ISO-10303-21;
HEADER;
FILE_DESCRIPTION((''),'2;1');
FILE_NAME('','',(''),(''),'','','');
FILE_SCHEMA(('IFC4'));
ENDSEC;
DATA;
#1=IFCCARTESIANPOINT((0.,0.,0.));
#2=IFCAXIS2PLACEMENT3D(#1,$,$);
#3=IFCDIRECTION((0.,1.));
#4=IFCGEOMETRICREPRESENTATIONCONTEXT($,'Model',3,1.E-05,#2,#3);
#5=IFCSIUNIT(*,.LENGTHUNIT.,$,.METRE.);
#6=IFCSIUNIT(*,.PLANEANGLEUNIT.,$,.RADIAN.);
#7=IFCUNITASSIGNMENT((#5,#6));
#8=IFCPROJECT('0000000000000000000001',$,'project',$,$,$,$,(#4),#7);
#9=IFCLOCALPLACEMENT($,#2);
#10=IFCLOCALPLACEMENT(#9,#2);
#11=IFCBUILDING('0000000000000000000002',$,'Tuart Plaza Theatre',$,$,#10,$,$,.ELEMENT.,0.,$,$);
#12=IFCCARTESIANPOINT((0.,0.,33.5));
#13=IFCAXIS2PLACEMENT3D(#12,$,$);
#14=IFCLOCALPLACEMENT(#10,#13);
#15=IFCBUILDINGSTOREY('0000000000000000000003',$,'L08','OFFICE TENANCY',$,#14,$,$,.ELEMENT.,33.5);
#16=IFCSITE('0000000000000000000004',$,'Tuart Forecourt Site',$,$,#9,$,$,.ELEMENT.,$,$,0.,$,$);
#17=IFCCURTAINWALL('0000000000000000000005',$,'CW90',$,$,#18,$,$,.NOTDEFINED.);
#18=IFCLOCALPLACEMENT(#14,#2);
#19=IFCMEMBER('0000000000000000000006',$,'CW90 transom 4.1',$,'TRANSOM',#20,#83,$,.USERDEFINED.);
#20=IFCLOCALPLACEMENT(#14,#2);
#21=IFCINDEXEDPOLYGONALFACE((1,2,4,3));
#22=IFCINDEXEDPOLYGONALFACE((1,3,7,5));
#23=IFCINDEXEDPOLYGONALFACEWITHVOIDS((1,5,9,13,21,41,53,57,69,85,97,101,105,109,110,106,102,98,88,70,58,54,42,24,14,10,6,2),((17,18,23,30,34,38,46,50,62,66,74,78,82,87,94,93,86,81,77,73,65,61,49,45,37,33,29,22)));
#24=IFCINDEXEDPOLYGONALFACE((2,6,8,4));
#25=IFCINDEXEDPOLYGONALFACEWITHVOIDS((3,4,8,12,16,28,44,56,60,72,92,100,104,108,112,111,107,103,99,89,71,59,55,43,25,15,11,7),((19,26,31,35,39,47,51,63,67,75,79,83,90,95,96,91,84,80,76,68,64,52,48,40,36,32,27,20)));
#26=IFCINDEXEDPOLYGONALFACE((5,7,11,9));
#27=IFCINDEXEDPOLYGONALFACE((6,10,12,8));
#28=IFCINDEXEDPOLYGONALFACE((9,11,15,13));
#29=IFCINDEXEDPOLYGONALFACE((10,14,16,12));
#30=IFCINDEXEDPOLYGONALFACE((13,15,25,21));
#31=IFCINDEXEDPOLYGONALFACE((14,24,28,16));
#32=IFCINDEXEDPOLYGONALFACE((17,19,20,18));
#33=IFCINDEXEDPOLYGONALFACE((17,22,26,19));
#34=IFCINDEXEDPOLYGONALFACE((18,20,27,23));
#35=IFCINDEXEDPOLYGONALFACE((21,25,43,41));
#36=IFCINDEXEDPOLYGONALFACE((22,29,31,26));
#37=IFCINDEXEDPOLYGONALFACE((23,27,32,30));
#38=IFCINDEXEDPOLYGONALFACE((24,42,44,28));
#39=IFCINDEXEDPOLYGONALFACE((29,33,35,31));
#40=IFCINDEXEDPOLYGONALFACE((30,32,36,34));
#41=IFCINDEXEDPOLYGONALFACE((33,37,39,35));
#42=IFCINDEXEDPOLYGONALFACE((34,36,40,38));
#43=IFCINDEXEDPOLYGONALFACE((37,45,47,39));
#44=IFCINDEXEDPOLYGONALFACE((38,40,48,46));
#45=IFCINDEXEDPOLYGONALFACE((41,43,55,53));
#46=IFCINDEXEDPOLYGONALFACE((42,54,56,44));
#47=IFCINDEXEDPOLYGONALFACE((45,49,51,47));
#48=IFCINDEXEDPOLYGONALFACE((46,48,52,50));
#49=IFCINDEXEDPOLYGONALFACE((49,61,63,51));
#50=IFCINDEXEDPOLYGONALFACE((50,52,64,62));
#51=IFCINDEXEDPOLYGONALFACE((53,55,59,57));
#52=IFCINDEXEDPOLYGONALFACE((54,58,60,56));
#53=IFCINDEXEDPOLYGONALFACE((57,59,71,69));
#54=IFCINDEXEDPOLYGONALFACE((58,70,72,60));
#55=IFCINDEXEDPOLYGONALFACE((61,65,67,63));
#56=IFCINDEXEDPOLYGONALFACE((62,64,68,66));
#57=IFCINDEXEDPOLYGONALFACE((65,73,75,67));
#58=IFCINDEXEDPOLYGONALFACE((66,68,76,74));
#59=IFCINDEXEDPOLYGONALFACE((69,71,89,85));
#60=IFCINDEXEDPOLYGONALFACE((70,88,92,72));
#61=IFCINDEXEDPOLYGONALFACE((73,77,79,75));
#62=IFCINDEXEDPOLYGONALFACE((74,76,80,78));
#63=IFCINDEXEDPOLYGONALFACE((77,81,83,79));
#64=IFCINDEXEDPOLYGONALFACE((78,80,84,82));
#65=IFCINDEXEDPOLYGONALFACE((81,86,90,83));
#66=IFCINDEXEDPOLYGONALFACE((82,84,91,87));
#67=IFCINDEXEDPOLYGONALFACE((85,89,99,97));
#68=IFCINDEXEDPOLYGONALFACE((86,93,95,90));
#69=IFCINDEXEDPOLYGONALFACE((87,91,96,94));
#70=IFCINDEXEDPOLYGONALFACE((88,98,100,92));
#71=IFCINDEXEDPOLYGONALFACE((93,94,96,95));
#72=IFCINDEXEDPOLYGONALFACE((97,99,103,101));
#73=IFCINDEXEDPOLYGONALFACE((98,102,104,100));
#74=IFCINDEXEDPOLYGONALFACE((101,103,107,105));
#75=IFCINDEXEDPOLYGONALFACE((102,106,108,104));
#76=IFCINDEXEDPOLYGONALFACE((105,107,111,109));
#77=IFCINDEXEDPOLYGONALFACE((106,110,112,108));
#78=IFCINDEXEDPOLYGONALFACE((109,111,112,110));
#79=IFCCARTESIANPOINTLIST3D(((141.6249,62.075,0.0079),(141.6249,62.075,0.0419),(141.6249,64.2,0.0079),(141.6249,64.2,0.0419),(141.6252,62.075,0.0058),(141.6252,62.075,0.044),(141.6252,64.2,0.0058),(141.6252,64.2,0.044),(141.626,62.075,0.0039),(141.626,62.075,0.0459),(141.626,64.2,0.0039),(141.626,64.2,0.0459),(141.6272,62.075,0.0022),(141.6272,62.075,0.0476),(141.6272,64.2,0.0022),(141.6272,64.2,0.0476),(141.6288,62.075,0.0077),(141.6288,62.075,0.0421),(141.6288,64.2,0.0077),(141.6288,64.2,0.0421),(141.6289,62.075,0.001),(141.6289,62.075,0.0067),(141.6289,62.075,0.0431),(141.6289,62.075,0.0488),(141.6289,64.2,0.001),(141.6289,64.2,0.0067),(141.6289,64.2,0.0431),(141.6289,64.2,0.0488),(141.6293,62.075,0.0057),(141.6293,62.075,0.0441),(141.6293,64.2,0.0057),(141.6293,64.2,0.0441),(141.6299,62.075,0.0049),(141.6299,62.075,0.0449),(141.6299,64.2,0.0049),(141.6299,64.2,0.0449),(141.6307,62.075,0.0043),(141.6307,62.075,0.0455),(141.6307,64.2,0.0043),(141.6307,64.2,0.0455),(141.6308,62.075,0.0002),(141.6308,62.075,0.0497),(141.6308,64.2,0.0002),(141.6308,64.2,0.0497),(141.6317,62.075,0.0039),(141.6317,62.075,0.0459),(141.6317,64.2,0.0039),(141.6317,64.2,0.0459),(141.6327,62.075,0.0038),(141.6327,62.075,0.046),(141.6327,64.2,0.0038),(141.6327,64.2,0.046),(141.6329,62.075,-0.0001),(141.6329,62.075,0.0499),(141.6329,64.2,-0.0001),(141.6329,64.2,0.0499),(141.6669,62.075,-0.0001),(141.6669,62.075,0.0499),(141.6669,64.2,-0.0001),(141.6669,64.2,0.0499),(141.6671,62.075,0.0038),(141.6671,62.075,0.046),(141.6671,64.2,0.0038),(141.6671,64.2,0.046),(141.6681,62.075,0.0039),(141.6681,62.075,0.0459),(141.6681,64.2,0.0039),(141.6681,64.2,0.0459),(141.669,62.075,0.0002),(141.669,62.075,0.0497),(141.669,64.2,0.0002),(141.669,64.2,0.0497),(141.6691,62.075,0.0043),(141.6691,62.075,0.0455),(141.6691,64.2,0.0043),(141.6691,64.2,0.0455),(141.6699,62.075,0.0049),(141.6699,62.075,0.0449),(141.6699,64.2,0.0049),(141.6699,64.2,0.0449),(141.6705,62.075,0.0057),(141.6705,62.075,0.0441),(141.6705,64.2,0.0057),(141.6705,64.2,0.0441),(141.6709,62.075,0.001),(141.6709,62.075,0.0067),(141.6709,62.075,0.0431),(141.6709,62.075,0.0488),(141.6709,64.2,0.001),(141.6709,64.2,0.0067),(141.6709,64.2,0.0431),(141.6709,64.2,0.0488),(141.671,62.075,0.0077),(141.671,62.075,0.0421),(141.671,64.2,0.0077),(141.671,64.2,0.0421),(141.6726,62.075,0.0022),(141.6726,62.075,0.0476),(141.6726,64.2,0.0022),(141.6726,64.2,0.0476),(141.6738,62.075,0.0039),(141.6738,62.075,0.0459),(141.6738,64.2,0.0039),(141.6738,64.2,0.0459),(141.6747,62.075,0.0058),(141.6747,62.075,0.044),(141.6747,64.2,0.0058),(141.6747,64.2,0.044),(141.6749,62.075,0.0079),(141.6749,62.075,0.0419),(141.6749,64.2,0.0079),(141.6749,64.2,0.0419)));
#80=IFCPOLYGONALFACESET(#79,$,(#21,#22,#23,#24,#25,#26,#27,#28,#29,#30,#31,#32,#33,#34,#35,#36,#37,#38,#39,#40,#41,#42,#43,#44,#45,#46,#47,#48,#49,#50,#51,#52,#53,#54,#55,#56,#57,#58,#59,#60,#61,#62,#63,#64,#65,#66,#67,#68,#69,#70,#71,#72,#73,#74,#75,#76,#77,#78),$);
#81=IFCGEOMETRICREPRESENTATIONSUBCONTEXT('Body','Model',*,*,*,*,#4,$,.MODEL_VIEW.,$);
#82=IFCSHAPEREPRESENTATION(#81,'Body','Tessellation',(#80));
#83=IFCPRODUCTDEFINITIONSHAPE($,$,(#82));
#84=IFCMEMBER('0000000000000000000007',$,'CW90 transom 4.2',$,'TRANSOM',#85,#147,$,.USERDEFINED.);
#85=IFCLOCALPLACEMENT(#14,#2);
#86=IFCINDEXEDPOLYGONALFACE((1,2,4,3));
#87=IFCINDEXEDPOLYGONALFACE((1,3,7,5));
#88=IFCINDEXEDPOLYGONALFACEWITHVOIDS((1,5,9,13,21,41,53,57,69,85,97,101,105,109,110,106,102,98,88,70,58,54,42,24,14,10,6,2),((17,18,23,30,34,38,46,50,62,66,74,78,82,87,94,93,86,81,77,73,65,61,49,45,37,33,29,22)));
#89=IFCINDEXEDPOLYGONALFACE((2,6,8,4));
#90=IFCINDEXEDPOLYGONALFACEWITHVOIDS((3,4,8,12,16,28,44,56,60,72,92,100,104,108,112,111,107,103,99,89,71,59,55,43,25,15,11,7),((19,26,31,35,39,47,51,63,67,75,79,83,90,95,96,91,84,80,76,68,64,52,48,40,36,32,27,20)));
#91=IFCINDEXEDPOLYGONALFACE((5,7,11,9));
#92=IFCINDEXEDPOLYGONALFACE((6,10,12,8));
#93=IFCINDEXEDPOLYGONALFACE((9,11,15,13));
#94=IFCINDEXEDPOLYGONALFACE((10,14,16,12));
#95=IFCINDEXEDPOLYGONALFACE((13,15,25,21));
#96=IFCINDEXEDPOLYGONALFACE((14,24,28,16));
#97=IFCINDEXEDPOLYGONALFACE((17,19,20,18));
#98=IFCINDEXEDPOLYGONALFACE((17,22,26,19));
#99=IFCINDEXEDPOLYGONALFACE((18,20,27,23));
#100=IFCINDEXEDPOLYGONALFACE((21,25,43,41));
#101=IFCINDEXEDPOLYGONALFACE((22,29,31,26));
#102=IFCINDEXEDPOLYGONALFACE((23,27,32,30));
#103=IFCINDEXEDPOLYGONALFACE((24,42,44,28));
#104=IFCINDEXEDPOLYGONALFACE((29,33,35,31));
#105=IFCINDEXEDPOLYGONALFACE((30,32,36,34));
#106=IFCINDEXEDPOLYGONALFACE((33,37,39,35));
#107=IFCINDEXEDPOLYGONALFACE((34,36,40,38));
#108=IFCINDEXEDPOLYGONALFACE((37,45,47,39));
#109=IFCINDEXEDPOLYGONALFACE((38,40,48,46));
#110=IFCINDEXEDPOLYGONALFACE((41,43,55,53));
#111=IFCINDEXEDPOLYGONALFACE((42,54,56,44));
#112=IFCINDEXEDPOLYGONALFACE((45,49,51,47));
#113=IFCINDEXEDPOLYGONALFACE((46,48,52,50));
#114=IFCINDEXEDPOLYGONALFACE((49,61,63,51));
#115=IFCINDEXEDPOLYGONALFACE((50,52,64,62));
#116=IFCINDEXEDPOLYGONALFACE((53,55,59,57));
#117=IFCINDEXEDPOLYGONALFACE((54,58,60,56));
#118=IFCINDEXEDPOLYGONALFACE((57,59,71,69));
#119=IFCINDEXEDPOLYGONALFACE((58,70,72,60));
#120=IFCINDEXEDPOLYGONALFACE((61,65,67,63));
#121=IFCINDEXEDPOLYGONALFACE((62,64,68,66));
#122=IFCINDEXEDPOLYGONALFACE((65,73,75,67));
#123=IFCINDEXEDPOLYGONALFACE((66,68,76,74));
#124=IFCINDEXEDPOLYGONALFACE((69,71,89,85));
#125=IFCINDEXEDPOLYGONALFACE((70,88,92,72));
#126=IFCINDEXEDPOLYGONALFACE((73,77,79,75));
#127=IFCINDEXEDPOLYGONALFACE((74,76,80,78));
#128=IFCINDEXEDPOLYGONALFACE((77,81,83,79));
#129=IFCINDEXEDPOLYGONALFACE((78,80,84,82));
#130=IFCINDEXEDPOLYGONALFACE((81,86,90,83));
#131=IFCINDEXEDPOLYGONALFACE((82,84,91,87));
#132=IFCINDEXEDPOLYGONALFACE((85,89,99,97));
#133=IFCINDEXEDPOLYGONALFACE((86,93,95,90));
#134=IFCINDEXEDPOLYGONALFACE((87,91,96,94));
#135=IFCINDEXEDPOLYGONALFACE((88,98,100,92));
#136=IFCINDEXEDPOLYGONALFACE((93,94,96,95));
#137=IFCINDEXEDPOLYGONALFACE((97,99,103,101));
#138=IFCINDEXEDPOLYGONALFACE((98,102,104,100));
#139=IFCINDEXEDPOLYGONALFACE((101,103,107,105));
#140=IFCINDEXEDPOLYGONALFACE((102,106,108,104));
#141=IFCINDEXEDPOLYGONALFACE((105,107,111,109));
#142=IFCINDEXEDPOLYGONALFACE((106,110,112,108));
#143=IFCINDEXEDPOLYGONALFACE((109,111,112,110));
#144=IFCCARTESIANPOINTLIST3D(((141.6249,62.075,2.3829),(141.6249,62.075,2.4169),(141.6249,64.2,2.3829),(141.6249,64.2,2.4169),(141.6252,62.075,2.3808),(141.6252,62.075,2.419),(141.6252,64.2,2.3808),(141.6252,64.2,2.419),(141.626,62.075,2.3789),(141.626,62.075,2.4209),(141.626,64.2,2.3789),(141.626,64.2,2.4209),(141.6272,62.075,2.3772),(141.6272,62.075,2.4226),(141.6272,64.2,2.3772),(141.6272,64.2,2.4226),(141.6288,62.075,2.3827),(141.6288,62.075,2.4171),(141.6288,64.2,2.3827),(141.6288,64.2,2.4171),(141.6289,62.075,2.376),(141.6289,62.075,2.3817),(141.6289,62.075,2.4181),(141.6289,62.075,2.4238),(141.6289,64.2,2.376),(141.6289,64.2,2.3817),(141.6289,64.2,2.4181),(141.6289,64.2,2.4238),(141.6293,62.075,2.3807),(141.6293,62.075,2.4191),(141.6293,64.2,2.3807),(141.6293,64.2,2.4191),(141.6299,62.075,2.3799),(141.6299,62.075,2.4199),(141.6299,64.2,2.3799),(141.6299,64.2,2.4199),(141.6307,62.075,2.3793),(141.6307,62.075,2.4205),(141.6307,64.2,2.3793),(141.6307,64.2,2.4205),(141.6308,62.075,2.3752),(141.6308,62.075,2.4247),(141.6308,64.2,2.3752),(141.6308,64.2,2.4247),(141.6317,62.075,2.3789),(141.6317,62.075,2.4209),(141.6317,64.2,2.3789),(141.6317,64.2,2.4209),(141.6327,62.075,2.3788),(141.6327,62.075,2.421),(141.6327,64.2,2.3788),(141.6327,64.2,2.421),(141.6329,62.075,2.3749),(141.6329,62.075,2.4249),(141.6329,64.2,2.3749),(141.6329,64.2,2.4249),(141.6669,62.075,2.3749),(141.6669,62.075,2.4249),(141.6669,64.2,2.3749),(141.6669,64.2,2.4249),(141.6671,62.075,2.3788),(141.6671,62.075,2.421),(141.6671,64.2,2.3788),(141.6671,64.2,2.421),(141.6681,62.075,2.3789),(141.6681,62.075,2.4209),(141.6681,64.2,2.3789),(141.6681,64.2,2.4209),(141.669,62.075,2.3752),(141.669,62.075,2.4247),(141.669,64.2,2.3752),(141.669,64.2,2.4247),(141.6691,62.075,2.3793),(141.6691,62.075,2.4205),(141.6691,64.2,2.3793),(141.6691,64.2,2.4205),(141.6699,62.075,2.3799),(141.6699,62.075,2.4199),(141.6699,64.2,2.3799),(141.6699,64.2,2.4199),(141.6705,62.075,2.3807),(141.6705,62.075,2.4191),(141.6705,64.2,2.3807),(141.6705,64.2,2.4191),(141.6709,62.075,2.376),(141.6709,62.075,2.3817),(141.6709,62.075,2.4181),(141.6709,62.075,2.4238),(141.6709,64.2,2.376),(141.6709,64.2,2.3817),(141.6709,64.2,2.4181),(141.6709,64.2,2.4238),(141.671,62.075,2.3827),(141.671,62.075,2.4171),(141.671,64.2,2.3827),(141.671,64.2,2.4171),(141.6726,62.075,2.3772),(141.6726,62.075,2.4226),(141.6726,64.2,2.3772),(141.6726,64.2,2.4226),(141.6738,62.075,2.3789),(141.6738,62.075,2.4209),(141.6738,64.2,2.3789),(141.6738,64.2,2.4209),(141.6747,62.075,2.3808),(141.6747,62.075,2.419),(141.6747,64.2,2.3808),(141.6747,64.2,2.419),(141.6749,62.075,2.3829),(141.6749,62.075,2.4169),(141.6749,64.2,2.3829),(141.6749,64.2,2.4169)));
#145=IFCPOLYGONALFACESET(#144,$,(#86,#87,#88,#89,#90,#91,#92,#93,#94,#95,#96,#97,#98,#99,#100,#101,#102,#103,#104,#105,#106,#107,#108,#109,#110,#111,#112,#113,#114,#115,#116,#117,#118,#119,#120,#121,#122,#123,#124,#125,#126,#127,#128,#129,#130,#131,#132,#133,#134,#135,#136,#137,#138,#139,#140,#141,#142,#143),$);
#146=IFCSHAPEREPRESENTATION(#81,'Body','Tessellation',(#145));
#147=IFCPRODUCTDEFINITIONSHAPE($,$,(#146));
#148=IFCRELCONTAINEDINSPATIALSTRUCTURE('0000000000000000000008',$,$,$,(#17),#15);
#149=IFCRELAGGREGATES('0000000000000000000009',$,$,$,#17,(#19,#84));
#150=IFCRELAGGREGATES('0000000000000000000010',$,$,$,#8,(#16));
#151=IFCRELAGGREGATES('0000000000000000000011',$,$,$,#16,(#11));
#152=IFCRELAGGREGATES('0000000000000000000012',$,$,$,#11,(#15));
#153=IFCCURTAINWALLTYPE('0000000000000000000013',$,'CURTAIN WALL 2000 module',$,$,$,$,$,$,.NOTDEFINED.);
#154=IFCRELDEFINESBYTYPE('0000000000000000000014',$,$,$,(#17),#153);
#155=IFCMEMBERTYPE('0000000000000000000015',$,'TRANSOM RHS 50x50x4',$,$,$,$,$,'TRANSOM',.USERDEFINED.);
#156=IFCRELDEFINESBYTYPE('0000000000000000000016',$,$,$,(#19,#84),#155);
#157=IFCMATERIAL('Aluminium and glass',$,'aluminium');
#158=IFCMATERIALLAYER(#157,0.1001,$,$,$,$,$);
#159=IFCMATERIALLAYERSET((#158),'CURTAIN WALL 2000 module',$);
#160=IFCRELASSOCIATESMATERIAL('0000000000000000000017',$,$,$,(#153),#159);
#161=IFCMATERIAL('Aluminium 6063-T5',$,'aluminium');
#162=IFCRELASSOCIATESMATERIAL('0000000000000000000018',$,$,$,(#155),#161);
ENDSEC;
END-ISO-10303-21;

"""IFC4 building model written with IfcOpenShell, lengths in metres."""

from ifc_helpers import new_model, si_unit, direction, frame, origin, origin_2d, place, context, subcontext, project, spatial, hollow_rectangle, extrude, material, layer, layer_set, material_profile, profile_set, type_object, element, aggregate, save


model = new_model("IFC4")

# Units and contexts
model_context = context("Model", 3, precision=1e-05, world=origin(), true_north=direction((0.0, 1.0)))
body_context = subcontext(model_context, "Body", "Model", "MODEL_VIEW")
ifc_project = project(units=[si_unit("LENGTHUNIT", "METRE"), si_unit("PLANEANGLEUNIT", "RADIAN")], contexts=[model_context])

# Site, building, storey
site_placement = place(None, origin())
site = spatial("IfcSite", under=ifc_project, at=site_placement, Name="Tuart Forecourt Site", CompositionType="ELEMENT", RefElevation=0.0)
building_placement = place(site_placement, origin())
building = spatial("IfcBuilding", under=site, at=building_placement, Name="Tuart Plaza Theatre", CompositionType="ELEMENT", ElevationOfRefHeight=0.0)
storey_placement = place(building_placement, frame((0.0, 0.0, 33.5)))
storey = spatial("IfcBuildingStorey", under=building, at=storey_placement, Name="L08", Description="OFFICE TENANCY", CompositionType="ELEMENT", Elevation=33.5)

# Shared definitions
ifc_material_1 = material(Name="Aluminium and glass", Category="aluminium")
ifc_layer_1 = layer(ifc_material_1, 0.1001)
ifc_layer_set_1 = layer_set([ifc_layer_1], Name="CURTAIN WALL 2000 module")
curtain_wall_type = type_object("IfcCurtainWallType", Name="CURTAIN WALL 2000 module", PredefinedType="NOTDEFINED", material=ifc_layer_set_1)

# Curtain wall, members
curtain_wall_1_placement = place(storey_placement, origin())
curtain_wall_1 = element("IfcCurtainWall", 1, at=curtain_wall_1_placement, inside=storey, type_object=curtain_wall_type, Name="CW90", PredefinedType="NOTDEFINED")
ifc_material_2 = material(Name="Aluminium 6063-T5", Category="aluminium")
ifc_material_profile_1 = material_profile(ifc_material_2, hollow_rectangle(XDim=0.05, YDim=0.05, WallThickness=0.0039, InnerFilletRadius=0.0039, OuterFilletRadius=0.0081, at=origin_2d()), Name="RHS 50x50x4")
ifc_profile_set_1 = profile_set([ifc_material_profile_1], Name="Aluminium 6063-T5")
member_type_1 = type_object("IfcMemberType", Name="TRANSOM RHS 50x50x4", ElementType="TRANSOM", PredefinedType="USERDEFINED", material=ifc_profile_set_1)
member_1_placement = place(storey_placement, frame((141.6499, 62.075, 0.0249), z_axis=(0.0, 1.0, 0.0), x_axis=(-1.0, 0.0, 0.0)))
member_1 = element("IfcMember", 2, at=member_1_placement, type_object=member_type_1, Name="CW90 transom 4.1", ObjectType="TRANSOM", PredefinedType="USERDEFINED", context=body_context, shape_type="SweptSolid", body=[
    extrude(hollow_rectangle(XDim=0.05, YDim=0.05, WallThickness=0.0039, InnerFilletRadius=0.0039, OuterFilletRadius=0.0081, at=origin_2d()), origin(), (0.0, 0.0, 1.0), 2.125),
])
member_2_placement = place(storey_placement, frame((141.6499, 62.075, 2.3999), z_axis=(0.0, 1.0, 0.0), x_axis=(-1.0, 0.0, 0.0)))
member_2 = element("IfcMember", 3, at=member_2_placement, type_object=member_type_1, Name="CW90 transom 4.2", ObjectType="TRANSOM", PredefinedType="USERDEFINED", context=body_context, shape_type="SweptSolid", body=[
    extrude(hollow_rectangle(XDim=0.05, YDim=0.05, WallThickness=0.0039, InnerFilletRadius=0.0039, OuterFilletRadius=0.0081, at=origin_2d()), origin(), (0.0, 0.0, 1.0), 2.125),
])
aggregate(curtain_wall_1, [member_1, member_2])

save(model, "model.ifc")
